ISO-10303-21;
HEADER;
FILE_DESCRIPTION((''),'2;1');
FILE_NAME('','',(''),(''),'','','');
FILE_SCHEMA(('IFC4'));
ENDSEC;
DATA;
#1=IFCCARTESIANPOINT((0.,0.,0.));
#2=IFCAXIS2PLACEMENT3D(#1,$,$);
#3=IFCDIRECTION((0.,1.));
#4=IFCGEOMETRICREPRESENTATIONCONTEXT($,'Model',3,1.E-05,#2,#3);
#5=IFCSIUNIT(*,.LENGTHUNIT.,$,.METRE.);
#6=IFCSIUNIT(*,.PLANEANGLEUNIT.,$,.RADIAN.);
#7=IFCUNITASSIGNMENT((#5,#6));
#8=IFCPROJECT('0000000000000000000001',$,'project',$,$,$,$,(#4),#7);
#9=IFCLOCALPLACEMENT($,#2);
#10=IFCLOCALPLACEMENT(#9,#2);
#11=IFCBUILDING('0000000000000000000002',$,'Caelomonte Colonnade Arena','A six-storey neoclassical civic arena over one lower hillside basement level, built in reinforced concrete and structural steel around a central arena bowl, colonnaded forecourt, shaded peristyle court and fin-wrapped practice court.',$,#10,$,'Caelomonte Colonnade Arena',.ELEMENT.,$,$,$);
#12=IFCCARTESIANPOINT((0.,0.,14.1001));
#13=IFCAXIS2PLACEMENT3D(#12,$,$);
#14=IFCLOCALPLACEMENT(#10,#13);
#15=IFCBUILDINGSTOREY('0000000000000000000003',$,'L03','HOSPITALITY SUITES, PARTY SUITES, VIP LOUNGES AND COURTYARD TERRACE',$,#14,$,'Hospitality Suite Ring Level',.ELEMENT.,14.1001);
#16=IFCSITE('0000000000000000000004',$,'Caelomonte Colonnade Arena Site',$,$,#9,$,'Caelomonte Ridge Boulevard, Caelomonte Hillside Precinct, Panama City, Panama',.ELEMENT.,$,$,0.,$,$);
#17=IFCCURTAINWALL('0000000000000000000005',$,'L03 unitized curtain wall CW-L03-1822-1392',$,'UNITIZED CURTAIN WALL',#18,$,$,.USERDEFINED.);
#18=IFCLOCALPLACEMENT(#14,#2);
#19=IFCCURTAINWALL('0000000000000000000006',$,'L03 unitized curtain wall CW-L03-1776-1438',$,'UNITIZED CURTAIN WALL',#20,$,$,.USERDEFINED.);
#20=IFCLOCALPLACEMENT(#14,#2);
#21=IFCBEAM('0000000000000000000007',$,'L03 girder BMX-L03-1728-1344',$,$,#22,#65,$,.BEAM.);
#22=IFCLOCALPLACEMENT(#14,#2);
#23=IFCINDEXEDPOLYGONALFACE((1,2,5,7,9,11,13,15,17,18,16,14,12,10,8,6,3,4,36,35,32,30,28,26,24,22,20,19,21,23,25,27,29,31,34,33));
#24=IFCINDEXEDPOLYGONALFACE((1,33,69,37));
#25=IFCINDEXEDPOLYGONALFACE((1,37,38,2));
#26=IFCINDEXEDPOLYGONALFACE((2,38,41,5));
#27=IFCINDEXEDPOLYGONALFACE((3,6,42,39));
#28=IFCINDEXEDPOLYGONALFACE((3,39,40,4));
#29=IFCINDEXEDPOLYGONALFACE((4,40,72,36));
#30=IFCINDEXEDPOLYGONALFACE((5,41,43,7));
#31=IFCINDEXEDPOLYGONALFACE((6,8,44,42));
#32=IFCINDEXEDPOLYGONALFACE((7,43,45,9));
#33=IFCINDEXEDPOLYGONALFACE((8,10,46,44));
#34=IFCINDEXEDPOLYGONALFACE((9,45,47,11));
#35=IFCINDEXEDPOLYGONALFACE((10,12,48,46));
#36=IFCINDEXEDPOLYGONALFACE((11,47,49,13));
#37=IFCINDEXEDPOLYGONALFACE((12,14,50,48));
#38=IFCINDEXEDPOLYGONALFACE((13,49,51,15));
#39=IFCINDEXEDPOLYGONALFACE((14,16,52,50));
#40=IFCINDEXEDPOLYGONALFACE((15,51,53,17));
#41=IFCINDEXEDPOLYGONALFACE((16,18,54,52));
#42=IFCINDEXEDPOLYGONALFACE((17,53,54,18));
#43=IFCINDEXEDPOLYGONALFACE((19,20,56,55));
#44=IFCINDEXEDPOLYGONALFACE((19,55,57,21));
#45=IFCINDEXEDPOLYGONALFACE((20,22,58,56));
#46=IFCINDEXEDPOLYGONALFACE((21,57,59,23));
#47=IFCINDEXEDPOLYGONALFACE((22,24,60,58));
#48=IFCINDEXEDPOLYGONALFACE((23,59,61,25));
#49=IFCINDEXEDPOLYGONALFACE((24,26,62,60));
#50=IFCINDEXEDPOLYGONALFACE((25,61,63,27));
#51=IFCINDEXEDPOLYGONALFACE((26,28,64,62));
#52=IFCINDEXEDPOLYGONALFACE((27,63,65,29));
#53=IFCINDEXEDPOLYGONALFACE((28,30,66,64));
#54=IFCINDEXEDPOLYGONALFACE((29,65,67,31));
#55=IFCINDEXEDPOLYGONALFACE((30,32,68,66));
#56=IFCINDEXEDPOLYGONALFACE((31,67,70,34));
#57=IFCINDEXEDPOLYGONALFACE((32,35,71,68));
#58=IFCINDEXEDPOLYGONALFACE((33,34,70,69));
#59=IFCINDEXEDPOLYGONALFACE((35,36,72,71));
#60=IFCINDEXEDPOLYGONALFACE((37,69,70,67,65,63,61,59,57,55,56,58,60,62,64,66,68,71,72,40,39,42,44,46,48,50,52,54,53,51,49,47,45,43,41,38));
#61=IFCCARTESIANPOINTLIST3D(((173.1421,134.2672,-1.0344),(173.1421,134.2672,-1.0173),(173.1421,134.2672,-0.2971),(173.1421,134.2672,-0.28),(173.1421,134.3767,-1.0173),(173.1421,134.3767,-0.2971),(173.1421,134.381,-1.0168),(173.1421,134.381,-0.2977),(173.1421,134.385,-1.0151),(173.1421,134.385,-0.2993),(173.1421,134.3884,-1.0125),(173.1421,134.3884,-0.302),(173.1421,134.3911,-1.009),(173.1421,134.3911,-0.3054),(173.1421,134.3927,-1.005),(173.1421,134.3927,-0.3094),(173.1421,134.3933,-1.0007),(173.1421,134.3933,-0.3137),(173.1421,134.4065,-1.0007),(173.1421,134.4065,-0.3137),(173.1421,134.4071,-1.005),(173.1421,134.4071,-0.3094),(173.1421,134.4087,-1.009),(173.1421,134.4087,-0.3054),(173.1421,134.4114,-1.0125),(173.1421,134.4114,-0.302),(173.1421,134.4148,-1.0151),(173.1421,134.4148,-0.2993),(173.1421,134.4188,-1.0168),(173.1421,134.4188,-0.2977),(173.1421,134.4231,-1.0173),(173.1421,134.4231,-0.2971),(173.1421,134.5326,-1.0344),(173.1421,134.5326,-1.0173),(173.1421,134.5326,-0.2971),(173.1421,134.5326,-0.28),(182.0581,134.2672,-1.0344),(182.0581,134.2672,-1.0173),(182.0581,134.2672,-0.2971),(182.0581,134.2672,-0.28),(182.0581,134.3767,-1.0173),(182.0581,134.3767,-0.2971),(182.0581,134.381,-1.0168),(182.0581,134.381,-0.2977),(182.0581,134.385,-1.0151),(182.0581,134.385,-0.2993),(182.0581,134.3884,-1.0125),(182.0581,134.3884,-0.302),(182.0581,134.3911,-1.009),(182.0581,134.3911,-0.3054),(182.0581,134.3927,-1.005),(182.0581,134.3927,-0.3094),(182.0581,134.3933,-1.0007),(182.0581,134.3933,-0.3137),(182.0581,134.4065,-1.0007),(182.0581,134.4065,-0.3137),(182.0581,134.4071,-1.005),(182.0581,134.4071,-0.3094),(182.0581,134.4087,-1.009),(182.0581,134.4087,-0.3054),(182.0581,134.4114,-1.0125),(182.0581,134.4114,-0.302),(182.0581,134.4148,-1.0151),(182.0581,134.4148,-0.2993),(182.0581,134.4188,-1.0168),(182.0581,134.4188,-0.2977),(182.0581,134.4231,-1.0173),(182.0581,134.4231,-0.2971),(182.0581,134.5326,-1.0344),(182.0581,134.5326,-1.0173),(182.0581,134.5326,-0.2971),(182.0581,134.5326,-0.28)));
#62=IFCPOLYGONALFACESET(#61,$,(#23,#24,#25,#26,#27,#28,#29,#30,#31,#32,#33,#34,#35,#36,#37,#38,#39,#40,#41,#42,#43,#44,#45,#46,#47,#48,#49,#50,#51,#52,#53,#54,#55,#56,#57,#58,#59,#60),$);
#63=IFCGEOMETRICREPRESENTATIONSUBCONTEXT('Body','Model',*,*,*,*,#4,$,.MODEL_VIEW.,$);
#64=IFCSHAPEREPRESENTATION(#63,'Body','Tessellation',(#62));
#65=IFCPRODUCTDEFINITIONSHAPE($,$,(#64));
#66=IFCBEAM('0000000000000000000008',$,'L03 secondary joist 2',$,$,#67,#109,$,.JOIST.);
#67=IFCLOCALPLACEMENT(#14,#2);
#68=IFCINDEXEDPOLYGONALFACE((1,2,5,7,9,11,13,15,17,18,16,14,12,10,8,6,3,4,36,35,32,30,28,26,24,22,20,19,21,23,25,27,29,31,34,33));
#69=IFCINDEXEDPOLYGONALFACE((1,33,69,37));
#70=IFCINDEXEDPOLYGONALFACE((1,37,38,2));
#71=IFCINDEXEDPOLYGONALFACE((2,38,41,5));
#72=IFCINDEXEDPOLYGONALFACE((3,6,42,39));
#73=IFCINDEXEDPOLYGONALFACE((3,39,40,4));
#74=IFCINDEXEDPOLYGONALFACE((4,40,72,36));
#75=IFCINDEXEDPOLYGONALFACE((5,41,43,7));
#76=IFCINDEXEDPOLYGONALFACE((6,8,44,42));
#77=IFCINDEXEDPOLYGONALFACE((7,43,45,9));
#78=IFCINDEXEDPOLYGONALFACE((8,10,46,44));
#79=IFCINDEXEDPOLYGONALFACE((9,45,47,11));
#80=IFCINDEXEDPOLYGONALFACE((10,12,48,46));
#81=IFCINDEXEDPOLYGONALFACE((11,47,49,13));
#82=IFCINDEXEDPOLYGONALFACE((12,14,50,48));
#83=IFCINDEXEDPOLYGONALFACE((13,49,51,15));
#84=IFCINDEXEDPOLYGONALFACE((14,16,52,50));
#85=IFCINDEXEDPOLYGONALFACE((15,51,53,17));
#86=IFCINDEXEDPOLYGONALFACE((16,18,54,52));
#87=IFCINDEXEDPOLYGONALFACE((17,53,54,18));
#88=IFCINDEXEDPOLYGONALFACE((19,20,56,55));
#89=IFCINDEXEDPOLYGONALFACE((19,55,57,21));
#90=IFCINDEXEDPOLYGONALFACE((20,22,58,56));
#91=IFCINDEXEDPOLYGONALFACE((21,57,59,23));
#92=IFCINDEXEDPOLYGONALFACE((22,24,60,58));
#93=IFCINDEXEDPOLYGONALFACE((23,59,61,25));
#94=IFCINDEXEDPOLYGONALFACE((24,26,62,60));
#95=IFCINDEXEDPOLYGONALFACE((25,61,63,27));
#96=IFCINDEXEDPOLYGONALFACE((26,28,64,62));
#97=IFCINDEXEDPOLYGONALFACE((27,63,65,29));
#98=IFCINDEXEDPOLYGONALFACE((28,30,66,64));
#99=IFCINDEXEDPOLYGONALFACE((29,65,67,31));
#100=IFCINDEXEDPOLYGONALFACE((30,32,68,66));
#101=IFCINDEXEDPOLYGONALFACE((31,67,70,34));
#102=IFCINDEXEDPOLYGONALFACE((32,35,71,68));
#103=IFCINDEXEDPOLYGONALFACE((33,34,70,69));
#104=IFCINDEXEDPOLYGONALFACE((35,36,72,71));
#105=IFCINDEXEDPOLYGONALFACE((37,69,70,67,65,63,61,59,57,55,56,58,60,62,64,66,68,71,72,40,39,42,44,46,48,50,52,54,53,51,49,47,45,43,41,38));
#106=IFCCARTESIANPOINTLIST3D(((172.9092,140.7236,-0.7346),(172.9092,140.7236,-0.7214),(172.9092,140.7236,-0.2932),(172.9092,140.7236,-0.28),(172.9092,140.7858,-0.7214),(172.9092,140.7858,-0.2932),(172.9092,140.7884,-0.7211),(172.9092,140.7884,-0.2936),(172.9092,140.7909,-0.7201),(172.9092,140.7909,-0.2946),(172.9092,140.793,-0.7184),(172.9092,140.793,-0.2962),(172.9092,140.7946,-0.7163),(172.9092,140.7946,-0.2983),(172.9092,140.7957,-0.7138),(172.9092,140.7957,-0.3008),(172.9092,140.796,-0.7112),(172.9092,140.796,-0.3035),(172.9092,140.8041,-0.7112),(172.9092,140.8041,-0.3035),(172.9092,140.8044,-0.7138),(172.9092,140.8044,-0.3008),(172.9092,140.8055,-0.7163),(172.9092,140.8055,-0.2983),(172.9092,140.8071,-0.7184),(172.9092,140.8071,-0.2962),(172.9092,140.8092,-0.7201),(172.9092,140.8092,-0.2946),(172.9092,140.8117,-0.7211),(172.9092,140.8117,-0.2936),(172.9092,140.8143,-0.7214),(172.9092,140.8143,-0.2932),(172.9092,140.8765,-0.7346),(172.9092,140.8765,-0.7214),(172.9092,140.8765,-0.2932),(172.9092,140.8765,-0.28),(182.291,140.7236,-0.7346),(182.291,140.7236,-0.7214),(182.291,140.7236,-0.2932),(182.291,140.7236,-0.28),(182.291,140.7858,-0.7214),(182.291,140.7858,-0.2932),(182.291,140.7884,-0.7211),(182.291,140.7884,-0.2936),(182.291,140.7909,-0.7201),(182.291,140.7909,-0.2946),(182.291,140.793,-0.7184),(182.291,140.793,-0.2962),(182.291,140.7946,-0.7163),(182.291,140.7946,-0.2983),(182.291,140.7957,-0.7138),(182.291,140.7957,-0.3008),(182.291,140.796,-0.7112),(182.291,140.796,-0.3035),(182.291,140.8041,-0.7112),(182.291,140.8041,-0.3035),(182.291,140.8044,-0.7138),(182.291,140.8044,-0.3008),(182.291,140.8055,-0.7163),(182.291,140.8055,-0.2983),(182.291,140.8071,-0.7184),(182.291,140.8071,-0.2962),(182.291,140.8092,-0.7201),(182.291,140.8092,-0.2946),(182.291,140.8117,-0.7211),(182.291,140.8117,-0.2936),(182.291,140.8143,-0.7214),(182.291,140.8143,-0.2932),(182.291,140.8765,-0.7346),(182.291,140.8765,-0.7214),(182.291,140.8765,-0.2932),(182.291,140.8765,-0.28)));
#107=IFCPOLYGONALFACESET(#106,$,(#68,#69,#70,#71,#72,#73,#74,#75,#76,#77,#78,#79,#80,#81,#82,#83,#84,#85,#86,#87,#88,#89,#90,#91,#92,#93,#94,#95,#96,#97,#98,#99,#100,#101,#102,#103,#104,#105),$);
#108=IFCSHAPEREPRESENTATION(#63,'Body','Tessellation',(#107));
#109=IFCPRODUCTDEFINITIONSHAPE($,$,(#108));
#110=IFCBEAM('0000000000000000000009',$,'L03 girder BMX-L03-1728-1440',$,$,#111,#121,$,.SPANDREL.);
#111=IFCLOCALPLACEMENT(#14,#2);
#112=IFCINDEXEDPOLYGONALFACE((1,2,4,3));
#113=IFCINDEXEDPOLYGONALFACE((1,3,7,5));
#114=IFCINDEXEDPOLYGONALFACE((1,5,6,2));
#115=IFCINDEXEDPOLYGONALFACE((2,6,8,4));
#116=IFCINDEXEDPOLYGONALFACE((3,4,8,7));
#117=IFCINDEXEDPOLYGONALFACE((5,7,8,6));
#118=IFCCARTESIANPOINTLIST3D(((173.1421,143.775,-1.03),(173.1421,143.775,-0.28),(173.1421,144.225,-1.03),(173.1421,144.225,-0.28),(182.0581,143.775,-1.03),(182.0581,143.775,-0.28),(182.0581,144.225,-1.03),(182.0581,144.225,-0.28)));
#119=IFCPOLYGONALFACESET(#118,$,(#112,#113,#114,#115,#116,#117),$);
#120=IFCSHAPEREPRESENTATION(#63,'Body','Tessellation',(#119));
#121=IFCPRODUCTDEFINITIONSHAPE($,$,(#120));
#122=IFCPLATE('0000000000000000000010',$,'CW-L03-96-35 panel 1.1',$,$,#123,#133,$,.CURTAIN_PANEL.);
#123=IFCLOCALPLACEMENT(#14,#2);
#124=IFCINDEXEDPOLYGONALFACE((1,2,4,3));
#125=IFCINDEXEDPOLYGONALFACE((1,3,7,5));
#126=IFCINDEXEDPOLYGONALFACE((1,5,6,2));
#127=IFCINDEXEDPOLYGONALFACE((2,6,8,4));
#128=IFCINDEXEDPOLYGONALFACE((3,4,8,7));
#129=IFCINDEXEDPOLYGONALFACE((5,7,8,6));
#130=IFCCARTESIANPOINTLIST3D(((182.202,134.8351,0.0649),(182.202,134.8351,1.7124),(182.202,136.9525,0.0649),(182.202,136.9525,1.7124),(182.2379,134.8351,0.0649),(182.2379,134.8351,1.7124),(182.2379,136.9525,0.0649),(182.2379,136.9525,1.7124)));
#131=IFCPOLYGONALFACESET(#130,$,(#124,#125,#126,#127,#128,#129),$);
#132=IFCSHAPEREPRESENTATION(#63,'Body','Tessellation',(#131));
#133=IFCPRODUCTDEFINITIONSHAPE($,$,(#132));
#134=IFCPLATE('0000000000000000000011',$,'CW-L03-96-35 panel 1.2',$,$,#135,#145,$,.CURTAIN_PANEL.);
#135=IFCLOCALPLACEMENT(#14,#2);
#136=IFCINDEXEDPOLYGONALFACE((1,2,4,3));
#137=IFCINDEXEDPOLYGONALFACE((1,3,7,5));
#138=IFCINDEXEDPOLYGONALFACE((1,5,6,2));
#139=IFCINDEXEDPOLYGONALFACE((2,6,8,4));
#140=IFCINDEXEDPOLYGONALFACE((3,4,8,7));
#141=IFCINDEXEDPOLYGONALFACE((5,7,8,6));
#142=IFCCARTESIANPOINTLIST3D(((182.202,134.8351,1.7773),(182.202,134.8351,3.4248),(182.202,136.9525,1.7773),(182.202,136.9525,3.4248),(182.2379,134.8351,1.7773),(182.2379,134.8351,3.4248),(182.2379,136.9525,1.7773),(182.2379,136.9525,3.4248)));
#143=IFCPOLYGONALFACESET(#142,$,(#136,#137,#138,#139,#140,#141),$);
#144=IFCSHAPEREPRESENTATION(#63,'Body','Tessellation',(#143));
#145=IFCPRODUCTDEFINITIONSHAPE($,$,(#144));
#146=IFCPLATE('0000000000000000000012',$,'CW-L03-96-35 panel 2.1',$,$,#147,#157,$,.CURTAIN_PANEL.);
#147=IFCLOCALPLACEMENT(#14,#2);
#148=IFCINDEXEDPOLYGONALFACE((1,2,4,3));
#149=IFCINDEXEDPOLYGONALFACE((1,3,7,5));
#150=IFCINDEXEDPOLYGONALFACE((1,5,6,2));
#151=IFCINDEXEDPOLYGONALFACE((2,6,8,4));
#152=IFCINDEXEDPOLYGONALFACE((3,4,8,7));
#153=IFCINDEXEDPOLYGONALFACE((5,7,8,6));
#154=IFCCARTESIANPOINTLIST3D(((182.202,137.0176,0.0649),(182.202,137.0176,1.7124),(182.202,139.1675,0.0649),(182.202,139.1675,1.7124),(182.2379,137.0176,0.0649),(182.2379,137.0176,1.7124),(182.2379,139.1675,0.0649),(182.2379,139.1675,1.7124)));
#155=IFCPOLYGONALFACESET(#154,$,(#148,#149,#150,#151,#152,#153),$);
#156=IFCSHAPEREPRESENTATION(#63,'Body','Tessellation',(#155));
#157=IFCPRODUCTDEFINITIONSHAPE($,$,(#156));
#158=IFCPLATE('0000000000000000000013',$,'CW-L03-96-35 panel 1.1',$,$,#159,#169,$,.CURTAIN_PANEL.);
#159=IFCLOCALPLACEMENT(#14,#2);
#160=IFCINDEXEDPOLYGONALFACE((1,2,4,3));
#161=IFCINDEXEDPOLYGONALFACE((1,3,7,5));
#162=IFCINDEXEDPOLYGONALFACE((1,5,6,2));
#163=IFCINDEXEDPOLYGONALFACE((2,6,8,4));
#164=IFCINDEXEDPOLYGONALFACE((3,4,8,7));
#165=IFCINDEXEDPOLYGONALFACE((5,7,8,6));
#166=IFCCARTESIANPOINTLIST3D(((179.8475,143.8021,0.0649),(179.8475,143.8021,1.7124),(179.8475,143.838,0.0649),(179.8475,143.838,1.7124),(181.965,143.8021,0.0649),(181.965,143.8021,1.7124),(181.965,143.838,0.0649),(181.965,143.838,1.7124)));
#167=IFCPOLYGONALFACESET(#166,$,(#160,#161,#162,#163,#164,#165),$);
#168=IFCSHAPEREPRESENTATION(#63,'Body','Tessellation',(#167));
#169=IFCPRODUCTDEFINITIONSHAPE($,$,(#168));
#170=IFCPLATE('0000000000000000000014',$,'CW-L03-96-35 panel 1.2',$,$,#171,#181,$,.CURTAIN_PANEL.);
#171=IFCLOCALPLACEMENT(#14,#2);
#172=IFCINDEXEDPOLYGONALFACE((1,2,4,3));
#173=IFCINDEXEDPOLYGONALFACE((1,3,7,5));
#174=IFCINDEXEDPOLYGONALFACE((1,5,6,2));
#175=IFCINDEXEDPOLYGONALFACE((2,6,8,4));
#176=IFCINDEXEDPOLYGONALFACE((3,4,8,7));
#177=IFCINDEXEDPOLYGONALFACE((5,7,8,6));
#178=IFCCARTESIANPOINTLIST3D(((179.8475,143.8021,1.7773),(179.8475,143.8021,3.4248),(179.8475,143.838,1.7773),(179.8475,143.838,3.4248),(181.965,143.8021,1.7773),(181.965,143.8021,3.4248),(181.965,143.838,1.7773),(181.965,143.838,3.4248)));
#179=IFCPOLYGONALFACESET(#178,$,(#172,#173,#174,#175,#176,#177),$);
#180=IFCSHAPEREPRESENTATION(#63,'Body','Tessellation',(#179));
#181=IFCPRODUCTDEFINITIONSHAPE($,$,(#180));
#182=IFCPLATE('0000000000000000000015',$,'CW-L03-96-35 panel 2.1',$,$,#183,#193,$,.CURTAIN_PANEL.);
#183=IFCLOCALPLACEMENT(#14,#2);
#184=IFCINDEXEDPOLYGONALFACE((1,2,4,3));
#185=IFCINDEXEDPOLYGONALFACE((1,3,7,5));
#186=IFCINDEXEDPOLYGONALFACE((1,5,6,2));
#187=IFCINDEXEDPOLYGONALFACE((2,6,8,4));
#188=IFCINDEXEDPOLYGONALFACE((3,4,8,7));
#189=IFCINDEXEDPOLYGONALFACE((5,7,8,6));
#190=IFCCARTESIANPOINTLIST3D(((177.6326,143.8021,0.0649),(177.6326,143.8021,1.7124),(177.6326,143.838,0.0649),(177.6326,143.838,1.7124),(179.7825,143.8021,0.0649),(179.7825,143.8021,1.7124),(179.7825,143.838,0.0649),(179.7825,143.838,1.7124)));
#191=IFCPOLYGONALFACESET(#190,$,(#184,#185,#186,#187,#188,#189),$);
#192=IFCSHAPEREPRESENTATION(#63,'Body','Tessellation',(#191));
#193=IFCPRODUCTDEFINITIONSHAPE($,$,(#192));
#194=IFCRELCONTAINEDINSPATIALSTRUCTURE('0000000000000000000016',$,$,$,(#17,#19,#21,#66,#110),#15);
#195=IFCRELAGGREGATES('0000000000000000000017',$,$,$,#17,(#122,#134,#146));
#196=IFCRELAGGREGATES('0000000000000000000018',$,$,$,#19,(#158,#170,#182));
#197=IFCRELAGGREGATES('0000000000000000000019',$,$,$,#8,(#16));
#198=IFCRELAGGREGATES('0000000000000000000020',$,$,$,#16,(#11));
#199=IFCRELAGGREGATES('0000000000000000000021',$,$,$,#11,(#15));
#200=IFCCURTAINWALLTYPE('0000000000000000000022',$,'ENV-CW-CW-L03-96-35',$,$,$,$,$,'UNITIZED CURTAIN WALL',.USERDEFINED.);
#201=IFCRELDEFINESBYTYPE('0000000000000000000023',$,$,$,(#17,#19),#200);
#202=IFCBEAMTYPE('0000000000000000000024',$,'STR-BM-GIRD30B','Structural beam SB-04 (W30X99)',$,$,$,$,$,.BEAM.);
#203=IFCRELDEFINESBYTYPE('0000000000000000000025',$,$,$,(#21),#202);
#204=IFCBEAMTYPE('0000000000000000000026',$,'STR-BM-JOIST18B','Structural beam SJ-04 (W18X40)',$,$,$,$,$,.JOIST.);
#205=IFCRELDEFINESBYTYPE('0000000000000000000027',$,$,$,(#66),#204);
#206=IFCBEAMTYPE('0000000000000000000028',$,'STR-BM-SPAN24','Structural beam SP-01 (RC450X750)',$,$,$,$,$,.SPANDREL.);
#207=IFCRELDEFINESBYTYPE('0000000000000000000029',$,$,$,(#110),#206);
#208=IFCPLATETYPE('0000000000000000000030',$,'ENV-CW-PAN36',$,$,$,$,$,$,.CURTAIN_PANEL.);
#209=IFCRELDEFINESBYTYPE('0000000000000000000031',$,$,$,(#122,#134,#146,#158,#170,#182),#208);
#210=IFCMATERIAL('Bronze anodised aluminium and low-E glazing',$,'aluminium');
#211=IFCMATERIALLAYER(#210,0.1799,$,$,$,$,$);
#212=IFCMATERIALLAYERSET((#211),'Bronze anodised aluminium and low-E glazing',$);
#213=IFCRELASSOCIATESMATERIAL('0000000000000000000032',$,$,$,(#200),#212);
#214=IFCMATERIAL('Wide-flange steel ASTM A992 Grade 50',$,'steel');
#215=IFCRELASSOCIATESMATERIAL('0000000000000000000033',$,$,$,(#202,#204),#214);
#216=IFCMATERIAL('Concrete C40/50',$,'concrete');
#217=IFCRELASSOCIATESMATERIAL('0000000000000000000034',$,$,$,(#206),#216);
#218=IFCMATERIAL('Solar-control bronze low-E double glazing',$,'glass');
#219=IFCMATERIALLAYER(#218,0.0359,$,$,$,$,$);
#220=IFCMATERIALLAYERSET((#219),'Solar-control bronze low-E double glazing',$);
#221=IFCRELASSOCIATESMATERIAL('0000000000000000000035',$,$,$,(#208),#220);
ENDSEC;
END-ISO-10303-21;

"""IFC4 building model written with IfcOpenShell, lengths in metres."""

from ifc_helpers import new_model, si_unit, direction, frame, origin, origin_2d, place, context, subcontext, project, spatial, rectangle, i_section, extrude, material, layer, layer_set, material_profile, profile_set, type_object, element, aggregate, save


model = new_model("IFC4")

# Units and contexts
model_context = context("Model", 3, precision=1e-05, world=origin(), true_north=direction((0.0, 1.0)))
body_context = subcontext(model_context, "Body", "Model", "MODEL_VIEW")
ifc_project = project(units=[si_unit("LENGTHUNIT", "METRE"), si_unit("PLANEANGLEUNIT", "RADIAN")], contexts=[model_context])

# Site, building, storey
site_placement = place(None, origin())
site = spatial("IfcSite", under=ifc_project, at=site_placement, Name="Caelomonte Colonnade Arena Site", LongName="Caelomonte Ridge Boulevard, Caelomonte Hillside Precinct, Panama City, Panama", CompositionType="ELEMENT", RefElevation=0.0)
building_placement = place(site_placement, origin())
building = spatial("IfcBuilding", under=site, at=building_placement, Name="Caelomonte Colonnade Arena", Description="A six-storey neoclassical civic arena over one lower hillside basement level, built in reinforced concrete and structural steel around a central arena bowl, colonnaded forecourt, shaded peristyle court and fin-wrapped practice court.", LongName="Caelomonte Colonnade Arena", CompositionType="ELEMENT")
storey_placement = place(building_placement, frame((0.0, 0.0, 14.1001)))
storey = spatial("IfcBuildingStorey", under=building, at=storey_placement, Name="L03", Description="HOSPITALITY SUITES, PARTY SUITES, VIP LOUNGES AND COURTYARD TERRACE", LongName="Hospitality Suite Ring Level", CompositionType="ELEMENT", Elevation=14.1001)

# Curtain walls
ifc_material_1 = material(Name="Bronze anodised aluminium and low-E glazing", Category="aluminium")
ifc_layer_1 = layer(ifc_material_1, 0.1799)
ifc_layer_set_1 = layer_set([ifc_layer_1], Name="Bronze anodised aluminium and low-E glazing")
curtain_wall_type = type_object("IfcCurtainWallType", Name="ENV-CW-CW-L03-96-35", ElementType="UNITIZED CURTAIN WALL", PredefinedType="USERDEFINED", material=ifc_layer_set_1)
curtain_wall_1_placement = place(storey_placement, origin())
curtain_wall_1 = element("IfcCurtainWall", 1, at=curtain_wall_1_placement, inside=storey, type_object=curtain_wall_type, Name="L03 unitized curtain wall CW-L03-1822-1392", ObjectType="UNITIZED CURTAIN WALL", PredefinedType="USERDEFINED")
curtain_wall_2_placement = place(storey_placement, origin())
curtain_wall_2 = element("IfcCurtainWall", 2, at=curtain_wall_2_placement, inside=storey, type_object=curtain_wall_type, Name="L03 unitized curtain wall CW-L03-1776-1438", ObjectType="UNITIZED CURTAIN WALL", PredefinedType="USERDEFINED")

# Beams
ifc_material_2 = material(Name="Wide-flange steel ASTM A992 Grade 50", Category="steel")
ifc_material_profile_1 = material_profile(ifc_material_2, i_section(OverallWidth=0.2654, OverallDepth=0.7544, WebThickness=0.0132, FlangeThickness=0.0171, FilletRadius=0.0166, at=origin_2d()), Name="W30X99")
ifc_profile_set_1 = profile_set([ifc_material_profile_1], Name="Wide-flange steel ASTM A992 Grade 50")
beam_type_1 = type_object("IfcBeamType", Name="STR-BM-GIRD30B", Description="Structural beam SB-04 (W30X99)", PredefinedType="BEAM", material=ifc_profile_set_1)
for number, where, z_axis, x_axis, name in (
    (3, (173.1421, 134.3999, -0.6572), (1.0, 0.0, 0.0), (0.0, 1.0, 0.0), "L03 girder BMX-L03-1728-1344"),
):
    element("IfcBeam", number, at=place(storey_placement, frame(where, z_axis=z_axis, x_axis=x_axis)), inside=storey, type_object=beam_type_1, Name=name, PredefinedType="BEAM", context=body_context, shape_type="SweptSolid", body=[
        extrude(i_section(OverallWidth=0.2654, OverallDepth=0.7544, WebThickness=0.0132, FlangeThickness=0.0171, FilletRadius=0.0166, at=origin_2d()), origin(), (0.0, 0.0, 1.0), 8.916),
    ])
ifc_material_profile_2 = material_profile(ifc_material_2, i_section(OverallWidth=0.1528, OverallDepth=0.4546, WebThickness=0.0081, FlangeThickness=0.0132, FilletRadius=0.0103, at=origin_2d()), Name="W18X40")
ifc_profile_set_2 = profile_set([ifc_material_profile_2], Name="Wide-flange steel ASTM A992 Grade 50")
beam_type_2 = type_object("IfcBeamType", Name="STR-BM-JOIST18B", Description="Structural beam SJ-04 (W18X40)", PredefinedType="JOIST", material=ifc_profile_set_2)
beam_1_placement = place(storey_placement, frame((172.9092, 140.8, -0.5073), z_axis=(1.0, 0.0, 0.0), x_axis=(0.0, 1.0, 0.0)))
element("IfcBeam", 4, at=beam_1_placement, inside=storey, type_object=beam_type_2, Name="L03 secondary joist 2", PredefinedType="JOIST", context=body_context, shape_type="SweptSolid", body=[
    extrude(i_section(OverallWidth=0.1528, OverallDepth=0.4546, WebThickness=0.0081, FlangeThickness=0.0132, FilletRadius=0.0103, at=origin_2d()), origin(), (0.0, 0.0, 1.0), 9.3818),
])
ifc_material_3 = material(Name="Concrete C40/50", Category="concrete")
ifc_material_profile_3 = material_profile(ifc_material_3, rectangle(XDim=0.45, YDim=0.75, at=origin_2d()), Name="RC450X750")
ifc_profile_set_3 = profile_set([ifc_material_profile_3], Name="Concrete C40/50")
beam_type_3 = type_object("IfcBeamType", Name="STR-BM-SPAN24", Description="Structural beam SP-01 (RC450X750)", PredefinedType="SPANDREL", material=ifc_profile_set_3)
beam_2_placement = place(storey_placement, frame((173.1421, 144.0, -0.655), z_axis=(1.0, 0.0, 0.0), x_axis=(0.0, 1.0, 0.0)))
element("IfcBeam", 5, at=beam_2_placement, inside=storey, type_object=beam_type_3, Name="L03 girder BMX-L03-1728-1440", PredefinedType="SPANDREL", context=body_context, shape_type="SweptSolid", body=[
    extrude(rectangle(XDim=0.45, YDim=0.75, at=origin_2d()), origin(), (0.0, 0.0, 1.0), 8.916),
])

# Plates
ifc_material_4 = material(Name="Solar-control bronze low-E double glazing", Category="glass")
ifc_layer_2 = layer(ifc_material_4, 0.0359)
ifc_layer_set_2 = layer_set([ifc_layer_2], Name="Solar-control bronze low-E double glazing")
plate_type = type_object("IfcPlateType", Name="ENV-CW-PAN36", PredefinedType="CURTAIN_PANEL", material=ifc_layer_set_2)
plate_1_placement = place(storey_placement, frame((182.22, 135.8938, 0.0649), z_axis=(0.0, 0.0, 1.0), x_axis=(0.0, 1.0, 0.0)))
plate_1 = element("IfcPlate", 6, at=plate_1_placement, type_object=plate_type, Name="CW-L03-96-35 panel 1.1", PredefinedType="CURTAIN_PANEL", context=body_context, shape_type="SweptSolid", body=[
    extrude(rectangle(XDim=2.1174, YDim=0.0359, at=origin_2d()), origin(), (0.0, 0.0, 1.0), 1.6475),
])
plate_2_placement = place(storey_placement, frame((182.22, 135.8938, 1.7773), z_axis=(0.0, 0.0, 1.0), x_axis=(0.0, 1.0, 0.0)))
plate_2 = element("IfcPlate", 7, at=plate_2_placement, type_object=plate_type, Name="CW-L03-96-35 panel 1.2", PredefinedType="CURTAIN_PANEL", context=body_context, shape_type="SweptSolid", body=[
    extrude(rectangle(XDim=2.1174, YDim=0.0359, at=origin_2d()), origin(), (0.0, 0.0, 1.0), 1.6475),
])
plate_3_placement = place(storey_placement, frame((182.22, 138.0925, 0.0649), z_axis=(0.0, 0.0, 1.0), x_axis=(0.0, 1.0, 0.0)))
plate_3 = element("IfcPlate", 8, at=plate_3_placement, type_object=plate_type, Name="CW-L03-96-35 panel 2.1", PredefinedType="CURTAIN_PANEL", context=body_context, shape_type="SweptSolid", body=[
    extrude(rectangle(XDim=2.1499, YDim=0.0359, at=origin_2d()), origin(), (0.0, 0.0, 1.0), 1.6475),
])
aggregate(curtain_wall_1, [plate_1, plate_2, plate_3])
plate_4_placement = place(storey_placement, frame((180.9062, 143.8201, 0.0649), z_axis=(0.0, 0.0, 1.0), x_axis=(-1.0, 0.0, 0.0)))
plate_4 = element("IfcPlate", 9, at=plate_4_placement, type_object=plate_type, Name="CW-L03-96-35 panel 1.1", PredefinedType="CURTAIN_PANEL", context=body_context, shape_type="SweptSolid", body=[
    extrude(rectangle(XDim=2.1174, YDim=0.0359, at=origin_2d()), origin(), (0.0, 0.0, 1.0), 1.6475),
])
plate_5_placement = place(storey_placement, frame((180.9062, 143.8201, 1.7773), z_axis=(0.0, 0.0, 1.0), x_axis=(-1.0, 0.0, 0.0)))
plate_5 = element("IfcPlate", 10, at=plate_5_placement, type_object=plate_type, Name="CW-L03-96-35 panel 1.2", PredefinedType="CURTAIN_PANEL", context=body_context, shape_type="SweptSolid", body=[
    extrude(rectangle(XDim=2.1174, YDim=0.0359, at=origin_2d()), origin(), (0.0, 0.0, 1.0), 1.6475),
])
plate_6_placement = place(storey_placement, frame((178.7075, 143.8201, 0.0649), z_axis=(0.0, 0.0, 1.0), x_axis=(-1.0, 0.0, 0.0)))
plate_6 = element("IfcPlate", 11, at=plate_6_placement, type_object=plate_type, Name="CW-L03-96-35 panel 2.1", PredefinedType="CURTAIN_PANEL", context=body_context, shape_type="SweptSolid", body=[
    extrude(rectangle(XDim=2.1499, YDim=0.0359, at=origin_2d()), origin(), (0.0, 0.0, 1.0), 1.6475),
])
aggregate(curtain_wall_2, [plate_4, plate_5, plate_6])

save(model, "model.ifc")
